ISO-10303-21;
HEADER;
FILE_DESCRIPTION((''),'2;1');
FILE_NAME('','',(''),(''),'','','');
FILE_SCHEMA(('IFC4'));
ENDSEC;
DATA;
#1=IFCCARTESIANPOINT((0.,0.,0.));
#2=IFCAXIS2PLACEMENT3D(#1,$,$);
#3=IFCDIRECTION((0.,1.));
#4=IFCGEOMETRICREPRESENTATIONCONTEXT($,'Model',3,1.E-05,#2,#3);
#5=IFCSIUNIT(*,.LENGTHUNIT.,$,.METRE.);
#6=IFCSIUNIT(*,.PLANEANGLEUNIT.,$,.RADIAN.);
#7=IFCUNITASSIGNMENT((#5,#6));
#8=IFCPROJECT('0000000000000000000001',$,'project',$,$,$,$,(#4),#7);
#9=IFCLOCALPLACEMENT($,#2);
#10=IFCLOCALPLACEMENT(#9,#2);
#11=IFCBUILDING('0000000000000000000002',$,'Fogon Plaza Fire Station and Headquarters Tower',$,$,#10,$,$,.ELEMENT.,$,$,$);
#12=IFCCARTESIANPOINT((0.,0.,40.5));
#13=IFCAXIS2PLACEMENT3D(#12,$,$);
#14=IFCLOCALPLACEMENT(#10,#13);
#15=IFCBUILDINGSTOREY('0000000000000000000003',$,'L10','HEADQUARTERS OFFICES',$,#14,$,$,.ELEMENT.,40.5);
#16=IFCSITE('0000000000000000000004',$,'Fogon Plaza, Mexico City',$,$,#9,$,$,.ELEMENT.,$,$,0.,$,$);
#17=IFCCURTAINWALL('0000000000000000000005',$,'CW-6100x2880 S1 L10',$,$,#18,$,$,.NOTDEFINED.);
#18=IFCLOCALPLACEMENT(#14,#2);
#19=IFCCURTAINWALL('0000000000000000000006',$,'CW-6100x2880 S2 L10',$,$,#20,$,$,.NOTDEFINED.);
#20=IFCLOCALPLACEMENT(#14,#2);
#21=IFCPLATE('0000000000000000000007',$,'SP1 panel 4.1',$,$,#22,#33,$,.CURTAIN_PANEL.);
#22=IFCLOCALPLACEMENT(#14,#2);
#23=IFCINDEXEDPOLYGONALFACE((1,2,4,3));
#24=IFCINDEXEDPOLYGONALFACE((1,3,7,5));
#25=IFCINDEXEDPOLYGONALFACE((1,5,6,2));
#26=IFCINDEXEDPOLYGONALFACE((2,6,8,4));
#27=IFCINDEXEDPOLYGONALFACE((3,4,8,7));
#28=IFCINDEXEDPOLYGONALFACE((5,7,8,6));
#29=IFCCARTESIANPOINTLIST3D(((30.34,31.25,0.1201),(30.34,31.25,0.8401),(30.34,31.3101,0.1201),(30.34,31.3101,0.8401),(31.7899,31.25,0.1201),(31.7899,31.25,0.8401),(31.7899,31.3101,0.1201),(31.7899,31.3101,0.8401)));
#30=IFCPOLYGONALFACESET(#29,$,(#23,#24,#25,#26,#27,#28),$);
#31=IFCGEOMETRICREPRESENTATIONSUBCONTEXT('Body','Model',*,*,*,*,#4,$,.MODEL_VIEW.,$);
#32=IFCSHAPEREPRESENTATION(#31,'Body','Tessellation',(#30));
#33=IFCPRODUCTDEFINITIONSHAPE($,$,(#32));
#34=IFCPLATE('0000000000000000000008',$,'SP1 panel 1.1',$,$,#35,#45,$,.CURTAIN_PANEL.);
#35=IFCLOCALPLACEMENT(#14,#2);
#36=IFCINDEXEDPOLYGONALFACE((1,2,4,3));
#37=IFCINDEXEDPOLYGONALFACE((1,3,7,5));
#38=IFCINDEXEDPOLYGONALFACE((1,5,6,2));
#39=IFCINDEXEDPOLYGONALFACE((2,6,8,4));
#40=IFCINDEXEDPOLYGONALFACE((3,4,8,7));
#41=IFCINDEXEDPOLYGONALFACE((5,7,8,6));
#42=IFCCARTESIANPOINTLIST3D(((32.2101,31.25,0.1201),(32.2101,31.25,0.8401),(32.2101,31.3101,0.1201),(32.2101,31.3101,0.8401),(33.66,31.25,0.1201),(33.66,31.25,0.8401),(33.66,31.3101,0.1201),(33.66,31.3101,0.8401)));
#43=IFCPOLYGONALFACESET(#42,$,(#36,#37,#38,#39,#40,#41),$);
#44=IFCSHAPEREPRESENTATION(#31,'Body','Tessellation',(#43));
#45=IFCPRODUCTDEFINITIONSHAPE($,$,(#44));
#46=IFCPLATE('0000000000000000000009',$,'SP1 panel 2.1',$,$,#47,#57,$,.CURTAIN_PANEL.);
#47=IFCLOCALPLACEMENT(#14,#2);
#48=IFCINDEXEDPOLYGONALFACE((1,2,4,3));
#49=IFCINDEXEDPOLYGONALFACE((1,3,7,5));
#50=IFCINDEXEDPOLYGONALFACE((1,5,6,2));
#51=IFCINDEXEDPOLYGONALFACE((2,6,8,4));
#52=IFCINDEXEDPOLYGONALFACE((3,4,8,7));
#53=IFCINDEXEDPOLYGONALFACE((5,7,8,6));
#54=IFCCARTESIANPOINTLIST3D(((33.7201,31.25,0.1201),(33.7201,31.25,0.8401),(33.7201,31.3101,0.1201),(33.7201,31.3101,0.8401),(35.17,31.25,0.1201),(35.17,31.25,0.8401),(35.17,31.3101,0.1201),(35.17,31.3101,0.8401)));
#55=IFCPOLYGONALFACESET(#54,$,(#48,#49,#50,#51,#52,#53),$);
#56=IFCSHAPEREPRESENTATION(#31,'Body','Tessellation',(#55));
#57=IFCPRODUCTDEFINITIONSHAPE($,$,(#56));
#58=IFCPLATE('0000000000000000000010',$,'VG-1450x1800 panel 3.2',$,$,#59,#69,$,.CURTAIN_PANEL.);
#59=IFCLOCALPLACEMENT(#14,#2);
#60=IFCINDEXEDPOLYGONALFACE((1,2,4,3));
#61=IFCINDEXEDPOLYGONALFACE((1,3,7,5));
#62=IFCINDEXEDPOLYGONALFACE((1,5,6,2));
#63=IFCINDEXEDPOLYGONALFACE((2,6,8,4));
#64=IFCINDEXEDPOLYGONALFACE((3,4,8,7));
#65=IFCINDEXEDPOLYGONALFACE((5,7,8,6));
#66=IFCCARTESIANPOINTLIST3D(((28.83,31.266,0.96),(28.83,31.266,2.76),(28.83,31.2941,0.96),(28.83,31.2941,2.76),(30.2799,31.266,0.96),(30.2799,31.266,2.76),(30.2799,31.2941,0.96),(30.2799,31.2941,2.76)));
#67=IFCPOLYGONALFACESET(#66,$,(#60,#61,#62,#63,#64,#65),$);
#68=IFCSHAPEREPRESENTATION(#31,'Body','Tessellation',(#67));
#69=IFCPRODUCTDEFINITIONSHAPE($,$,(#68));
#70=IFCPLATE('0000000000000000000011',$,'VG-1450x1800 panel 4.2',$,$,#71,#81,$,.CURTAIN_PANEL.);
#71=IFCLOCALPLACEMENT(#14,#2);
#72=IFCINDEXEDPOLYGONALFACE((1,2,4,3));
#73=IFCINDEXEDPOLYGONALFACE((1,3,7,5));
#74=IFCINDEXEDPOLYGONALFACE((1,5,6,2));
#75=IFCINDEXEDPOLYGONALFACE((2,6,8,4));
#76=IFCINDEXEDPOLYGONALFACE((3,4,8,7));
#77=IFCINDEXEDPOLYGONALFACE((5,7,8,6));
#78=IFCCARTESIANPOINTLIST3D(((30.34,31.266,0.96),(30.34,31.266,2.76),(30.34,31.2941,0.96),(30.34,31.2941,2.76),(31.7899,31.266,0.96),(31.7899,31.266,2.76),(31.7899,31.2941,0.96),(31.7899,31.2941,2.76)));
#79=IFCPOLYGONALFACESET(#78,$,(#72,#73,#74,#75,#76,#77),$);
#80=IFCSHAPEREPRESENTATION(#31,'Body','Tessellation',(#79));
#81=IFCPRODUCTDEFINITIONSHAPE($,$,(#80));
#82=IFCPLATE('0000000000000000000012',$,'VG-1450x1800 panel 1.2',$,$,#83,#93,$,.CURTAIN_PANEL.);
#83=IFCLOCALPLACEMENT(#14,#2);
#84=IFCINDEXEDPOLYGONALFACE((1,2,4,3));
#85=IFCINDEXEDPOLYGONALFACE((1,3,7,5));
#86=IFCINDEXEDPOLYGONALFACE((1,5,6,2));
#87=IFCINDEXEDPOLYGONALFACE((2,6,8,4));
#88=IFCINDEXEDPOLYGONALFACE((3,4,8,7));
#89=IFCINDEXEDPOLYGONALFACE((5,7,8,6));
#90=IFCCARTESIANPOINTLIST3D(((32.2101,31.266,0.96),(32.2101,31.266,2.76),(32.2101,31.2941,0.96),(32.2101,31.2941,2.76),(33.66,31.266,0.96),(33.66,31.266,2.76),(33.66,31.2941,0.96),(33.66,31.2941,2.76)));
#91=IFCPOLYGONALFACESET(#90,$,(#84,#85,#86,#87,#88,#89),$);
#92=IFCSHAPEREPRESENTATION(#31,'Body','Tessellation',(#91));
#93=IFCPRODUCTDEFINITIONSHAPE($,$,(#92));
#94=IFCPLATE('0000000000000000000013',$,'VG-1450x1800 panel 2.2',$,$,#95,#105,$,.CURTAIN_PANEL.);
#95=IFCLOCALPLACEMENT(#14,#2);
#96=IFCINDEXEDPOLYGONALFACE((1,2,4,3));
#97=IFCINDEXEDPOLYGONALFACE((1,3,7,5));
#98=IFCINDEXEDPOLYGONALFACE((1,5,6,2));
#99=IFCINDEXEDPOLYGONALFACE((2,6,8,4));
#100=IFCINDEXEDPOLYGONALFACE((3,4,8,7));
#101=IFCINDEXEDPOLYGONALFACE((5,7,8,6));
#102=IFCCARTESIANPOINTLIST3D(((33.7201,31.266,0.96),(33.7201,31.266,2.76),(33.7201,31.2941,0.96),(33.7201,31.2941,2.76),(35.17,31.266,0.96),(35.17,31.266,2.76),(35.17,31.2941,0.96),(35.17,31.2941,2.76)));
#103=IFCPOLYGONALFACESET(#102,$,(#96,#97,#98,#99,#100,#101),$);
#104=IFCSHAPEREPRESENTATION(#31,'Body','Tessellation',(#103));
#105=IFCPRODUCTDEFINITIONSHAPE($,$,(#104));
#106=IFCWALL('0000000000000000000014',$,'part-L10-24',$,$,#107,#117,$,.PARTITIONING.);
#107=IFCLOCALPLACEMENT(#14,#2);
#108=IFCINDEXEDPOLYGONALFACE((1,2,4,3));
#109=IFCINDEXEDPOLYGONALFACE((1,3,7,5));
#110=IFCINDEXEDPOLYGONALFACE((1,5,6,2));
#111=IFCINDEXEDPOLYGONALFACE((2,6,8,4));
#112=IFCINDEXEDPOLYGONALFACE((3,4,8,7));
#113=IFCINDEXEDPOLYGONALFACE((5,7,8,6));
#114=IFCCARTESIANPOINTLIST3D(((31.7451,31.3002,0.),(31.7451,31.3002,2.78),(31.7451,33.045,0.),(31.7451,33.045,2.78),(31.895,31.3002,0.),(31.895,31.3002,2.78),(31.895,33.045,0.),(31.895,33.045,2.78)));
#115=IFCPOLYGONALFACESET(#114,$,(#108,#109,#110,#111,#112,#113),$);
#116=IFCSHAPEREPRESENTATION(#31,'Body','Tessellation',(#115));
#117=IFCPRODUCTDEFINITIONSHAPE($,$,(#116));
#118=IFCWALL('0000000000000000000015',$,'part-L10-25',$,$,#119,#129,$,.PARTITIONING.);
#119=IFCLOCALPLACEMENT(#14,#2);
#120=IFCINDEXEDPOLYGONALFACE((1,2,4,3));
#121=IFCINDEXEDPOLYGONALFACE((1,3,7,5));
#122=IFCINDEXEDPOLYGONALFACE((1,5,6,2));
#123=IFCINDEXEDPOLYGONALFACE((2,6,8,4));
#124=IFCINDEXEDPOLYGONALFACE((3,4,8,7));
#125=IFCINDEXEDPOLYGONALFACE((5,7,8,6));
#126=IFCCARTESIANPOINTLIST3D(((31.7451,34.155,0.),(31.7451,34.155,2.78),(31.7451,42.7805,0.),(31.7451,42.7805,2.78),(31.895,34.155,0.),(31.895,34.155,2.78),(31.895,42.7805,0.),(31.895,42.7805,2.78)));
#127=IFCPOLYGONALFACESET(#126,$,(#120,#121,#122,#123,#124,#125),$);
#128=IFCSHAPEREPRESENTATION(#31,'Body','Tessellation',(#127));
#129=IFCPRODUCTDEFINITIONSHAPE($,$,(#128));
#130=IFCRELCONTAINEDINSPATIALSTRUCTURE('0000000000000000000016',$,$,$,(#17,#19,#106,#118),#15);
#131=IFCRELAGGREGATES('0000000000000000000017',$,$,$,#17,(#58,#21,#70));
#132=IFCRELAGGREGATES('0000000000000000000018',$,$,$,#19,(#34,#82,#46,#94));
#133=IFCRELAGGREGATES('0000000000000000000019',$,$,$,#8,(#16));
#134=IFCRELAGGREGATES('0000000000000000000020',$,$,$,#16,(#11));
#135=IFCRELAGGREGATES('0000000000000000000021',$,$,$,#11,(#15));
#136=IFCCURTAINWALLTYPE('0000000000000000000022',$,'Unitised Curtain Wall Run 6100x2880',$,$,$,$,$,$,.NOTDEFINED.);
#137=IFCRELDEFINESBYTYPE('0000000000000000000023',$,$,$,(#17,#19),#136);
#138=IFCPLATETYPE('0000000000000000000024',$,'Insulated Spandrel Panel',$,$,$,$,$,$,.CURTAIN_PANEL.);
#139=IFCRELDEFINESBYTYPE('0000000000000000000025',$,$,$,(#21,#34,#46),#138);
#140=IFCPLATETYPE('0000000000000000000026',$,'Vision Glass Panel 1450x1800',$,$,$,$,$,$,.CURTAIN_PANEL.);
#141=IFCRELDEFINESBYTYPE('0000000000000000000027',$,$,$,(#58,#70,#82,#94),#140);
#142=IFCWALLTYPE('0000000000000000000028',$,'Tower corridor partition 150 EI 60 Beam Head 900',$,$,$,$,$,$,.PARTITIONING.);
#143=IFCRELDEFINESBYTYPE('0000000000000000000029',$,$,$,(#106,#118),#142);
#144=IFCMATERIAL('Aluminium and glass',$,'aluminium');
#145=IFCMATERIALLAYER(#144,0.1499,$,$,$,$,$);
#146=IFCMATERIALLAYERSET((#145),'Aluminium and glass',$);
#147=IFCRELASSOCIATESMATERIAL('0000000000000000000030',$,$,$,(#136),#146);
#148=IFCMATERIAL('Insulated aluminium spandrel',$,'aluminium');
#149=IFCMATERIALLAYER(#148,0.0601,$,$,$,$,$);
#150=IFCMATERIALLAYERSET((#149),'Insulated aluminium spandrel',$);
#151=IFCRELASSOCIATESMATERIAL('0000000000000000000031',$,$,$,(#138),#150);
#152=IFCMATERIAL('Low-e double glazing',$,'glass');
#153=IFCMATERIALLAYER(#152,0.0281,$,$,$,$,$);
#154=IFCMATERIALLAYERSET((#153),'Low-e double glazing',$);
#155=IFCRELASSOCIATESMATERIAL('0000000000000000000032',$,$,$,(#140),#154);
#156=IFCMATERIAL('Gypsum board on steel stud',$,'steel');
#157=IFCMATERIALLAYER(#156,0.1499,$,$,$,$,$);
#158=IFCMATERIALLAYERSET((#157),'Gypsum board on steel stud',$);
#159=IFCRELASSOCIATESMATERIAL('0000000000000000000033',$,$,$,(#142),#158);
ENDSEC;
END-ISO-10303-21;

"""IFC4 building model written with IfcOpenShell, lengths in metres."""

from ifc_helpers import new_model, si_unit, direction, frame, frame_2d, origin, origin_2d, place, context, subcontext, project, spatial, rectangle, extrude, material, layer, layer_set, type_object, element, aggregate, save


model = new_model("IFC4")

# Units and contexts
model_context = context("Model", 3, precision=1e-05, world=origin(), true_north=direction((0.0, 1.0)))
body_context = subcontext(model_context, "Body", "Model", "MODEL_VIEW")
ifc_project = project(units=[si_unit("LENGTHUNIT", "METRE"), si_unit("PLANEANGLEUNIT", "RADIAN")], contexts=[model_context])

# Site, building, storey
site_placement = place(None, origin())
site = spatial("IfcSite", under=ifc_project, at=site_placement, Name="Fogon Plaza, Mexico City", CompositionType="ELEMENT", RefElevation=0.0)
building_placement = place(site_placement, origin())
building = spatial("IfcBuilding", under=site, at=building_placement, Name="Fogon Plaza Fire Station and Headquarters Tower", CompositionType="ELEMENT")
storey_placement = place(building_placement, frame((0.0, 0.0, 40.5)))
storey = spatial("IfcBuildingStorey", under=building, at=storey_placement, Name="L10", Description="HEADQUARTERS OFFICES", CompositionType="ELEMENT", Elevation=40.5)

# Curtain walls
ifc_material_1 = material(Name="Aluminium and glass", Category="aluminium")
ifc_layer_1 = layer(ifc_material_1, 0.1499)
ifc_layer_set_1 = layer_set([ifc_layer_1], Name="Aluminium and glass")
curtain_wall_type = type_object("IfcCurtainWallType", Name="Unitised Curtain Wall Run 6100x2880", PredefinedType="NOTDEFINED", material=ifc_layer_set_1)
curtain_wall_1_placement = place(storey_placement, origin())
curtain_wall_1 = element("IfcCurtainWall", 1, at=curtain_wall_1_placement, inside=storey, type_object=curtain_wall_type, Name="CW-6100x2880 S1 L10", PredefinedType="NOTDEFINED")
curtain_wall_2_placement = place(storey_placement, origin())
curtain_wall_2 = element("IfcCurtainWall", 2, at=curtain_wall_2_placement, inside=storey, type_object=curtain_wall_type, Name="CW-6100x2880 S2 L10", PredefinedType="NOTDEFINED")

# Plates
ifc_material_2 = material(Name="Insulated aluminium spandrel", Category="aluminium")
ifc_layer_2 = layer(ifc_material_2, 0.0601)
ifc_layer_set_2 = layer_set([ifc_layer_2], Name="Insulated aluminium spandrel")
plate_type_1 = type_object("IfcPlateType", Name="Insulated Spandrel Panel", PredefinedType="CURTAIN_PANEL", material=ifc_layer_set_2)
plate_1_placement = place(storey_placement, frame((31.0649, 31.28, 0.1201), z_axis=(0.0, 0.0, 1.0), x_axis=(1.0, 0.0, 0.0)))
plate_1 = element("IfcPlate", 3, at=plate_1_placement, type_object=plate_type_1, Name="SP1 panel 4.1", PredefinedType="CURTAIN_PANEL", context=body_context, shape_type="SweptSolid", body=[
    extrude(rectangle(XDim=1.45, YDim=0.0601, at=origin_2d()), origin(), (0.0, 0.0, 1.0), 0.72),
])
plate_2_placement = place(storey_placement, frame((32.9351, 31.28, 0.1201), z_axis=(0.0, 0.0, 1.0), x_axis=(1.0, 0.0, 0.0)))
plate_2 = element("IfcPlate", 4, at=plate_2_placement, type_object=plate_type_1, Name="SP1 panel 1.1", PredefinedType="CURTAIN_PANEL", context=body_context, shape_type="SweptSolid", body=[
    extrude(rectangle(XDim=1.45, YDim=0.0601, at=origin_2d()), origin(), (0.0, 0.0, 1.0), 0.72),
])
plate_3_placement = place(storey_placement, frame((34.4451, 31.28, 0.1201), z_axis=(0.0, 0.0, 1.0), x_axis=(1.0, 0.0, 0.0)))
plate_3 = element("IfcPlate", 5, at=plate_3_placement, type_object=plate_type_1, Name="SP1 panel 2.1", PredefinedType="CURTAIN_PANEL", context=body_context, shape_type="SweptSolid", body=[
    extrude(rectangle(XDim=1.45, YDim=0.0601, at=origin_2d()), origin(), (0.0, 0.0, 1.0), 0.72),
])
ifc_material_3 = material(Name="Low-e double glazing", Category="glass")
ifc_layer_3 = layer(ifc_material_3, 0.0281)
ifc_layer_set_3 = layer_set([ifc_layer_3], Name="Low-e double glazing")
plate_type_2 = type_object("IfcPlateType", Name="Vision Glass Panel 1450x1800", PredefinedType="CURTAIN_PANEL", material=ifc_layer_set_3)
plate_4_placement = place(storey_placement, frame((29.5549, 31.28, 0.96), z_axis=(0.0, 0.0, 1.0), x_axis=(1.0, 0.0, 0.0)))
plate_4 = element("IfcPlate", 6, at=plate_4_placement, type_object=plate_type_2, Name="VG-1450x1800 panel 3.2", PredefinedType="CURTAIN_PANEL", context=body_context, shape_type="SweptSolid", body=[
    extrude(rectangle(XDim=1.45, YDim=0.0281, at=origin_2d()), origin(), (0.0, 0.0, 1.0), 1.8),
])
plate_5_placement = place(storey_placement, frame((31.0649, 31.28, 0.96), z_axis=(0.0, 0.0, 1.0), x_axis=(1.0, 0.0, 0.0)))
plate_5 = element("IfcPlate", 7, at=plate_5_placement, type_object=plate_type_2, Name="VG-1450x1800 panel 4.2", PredefinedType="CURTAIN_PANEL", context=body_context, shape_type="SweptSolid", body=[
    extrude(rectangle(XDim=1.45, YDim=0.0281, at=origin_2d()), origin(), (0.0, 0.0, 1.0), 1.8),
])
aggregate(curtain_wall_1, [plate_4, plate_1, plate_5])
plate_6_placement = place(storey_placement, frame((32.9351, 31.28, 0.96), z_axis=(0.0, 0.0, 1.0), x_axis=(1.0, 0.0, 0.0)))
plate_6 = element("IfcPlate", 8, at=plate_6_placement, type_object=plate_type_2, Name="VG-1450x1800 panel 1.2", PredefinedType="CURTAIN_PANEL", context=body_context, shape_type="SweptSolid", body=[
    extrude(rectangle(XDim=1.45, YDim=0.0281, at=origin_2d()), origin(), (0.0, 0.0, 1.0), 1.8),
])
plate_7_placement = place(storey_placement, frame((34.4451, 31.28, 0.96), z_axis=(0.0, 0.0, 1.0), x_axis=(1.0, 0.0, 0.0)))
plate_7 = element("IfcPlate", 9, at=plate_7_placement, type_object=plate_type_2, Name="VG-1450x1800 panel 2.2", PredefinedType="CURTAIN_PANEL", context=body_context, shape_type="SweptSolid", body=[
    extrude(rectangle(XDim=1.45, YDim=0.0281, at=origin_2d()), origin(), (0.0, 0.0, 1.0), 1.8),
])
aggregate(curtain_wall_2, [plate_2, plate_6, plate_3, plate_7])

# Walls
ifc_material_4 = material(Name="Gypsum board on steel stud", Category="steel")
ifc_layer_4 = layer(ifc_material_4, 0.1499)
ifc_layer_set_4 = layer_set([ifc_layer_4], Name="Gypsum board on steel stud")
wall_type = type_object("IfcWallType", Name="Tower corridor partition 150 EI 60 Beam Head 900", PredefinedType="PARTITIONING", material=ifc_layer_set_4)
wall_1_placement = place(storey_placement, frame((31.8201, 31.3, 0.0), z_axis=(0.0, 0.0, 1.0), x_axis=(0.0, 1.0, 0.0)))
element("IfcWall", 10, at=wall_1_placement, inside=storey, type_object=wall_type, Name="part-L10-24", PredefinedType="PARTITIONING", context=body_context, shape_type="SweptSolid", body=[
    extrude(rectangle(XDim=1.7449, YDim=0.1499, at=frame_2d((0.8726, 0.0))), origin(), (0.0, 0.0, 1.0), 2.78),
])
wall_2_placement = place(storey_placement, frame((31.8201, 34.155, 0.0), z_axis=(0.0, 0.0, 1.0), x_axis=(0.0, 1.0, 0.0)))
element("IfcWall", 11, at=wall_2_placement, inside=storey, type_object=wall_type, Name="part-L10-25", PredefinedType="PARTITIONING", context=body_context, shape_type="SweptSolid", body=[
    extrude(rectangle(XDim=8.6255, YDim=0.1499, at=frame_2d((4.3127, 0.0))), origin(), (0.0, 0.0, 1.0), 2.78),
])

save(model, "model.ifc")
